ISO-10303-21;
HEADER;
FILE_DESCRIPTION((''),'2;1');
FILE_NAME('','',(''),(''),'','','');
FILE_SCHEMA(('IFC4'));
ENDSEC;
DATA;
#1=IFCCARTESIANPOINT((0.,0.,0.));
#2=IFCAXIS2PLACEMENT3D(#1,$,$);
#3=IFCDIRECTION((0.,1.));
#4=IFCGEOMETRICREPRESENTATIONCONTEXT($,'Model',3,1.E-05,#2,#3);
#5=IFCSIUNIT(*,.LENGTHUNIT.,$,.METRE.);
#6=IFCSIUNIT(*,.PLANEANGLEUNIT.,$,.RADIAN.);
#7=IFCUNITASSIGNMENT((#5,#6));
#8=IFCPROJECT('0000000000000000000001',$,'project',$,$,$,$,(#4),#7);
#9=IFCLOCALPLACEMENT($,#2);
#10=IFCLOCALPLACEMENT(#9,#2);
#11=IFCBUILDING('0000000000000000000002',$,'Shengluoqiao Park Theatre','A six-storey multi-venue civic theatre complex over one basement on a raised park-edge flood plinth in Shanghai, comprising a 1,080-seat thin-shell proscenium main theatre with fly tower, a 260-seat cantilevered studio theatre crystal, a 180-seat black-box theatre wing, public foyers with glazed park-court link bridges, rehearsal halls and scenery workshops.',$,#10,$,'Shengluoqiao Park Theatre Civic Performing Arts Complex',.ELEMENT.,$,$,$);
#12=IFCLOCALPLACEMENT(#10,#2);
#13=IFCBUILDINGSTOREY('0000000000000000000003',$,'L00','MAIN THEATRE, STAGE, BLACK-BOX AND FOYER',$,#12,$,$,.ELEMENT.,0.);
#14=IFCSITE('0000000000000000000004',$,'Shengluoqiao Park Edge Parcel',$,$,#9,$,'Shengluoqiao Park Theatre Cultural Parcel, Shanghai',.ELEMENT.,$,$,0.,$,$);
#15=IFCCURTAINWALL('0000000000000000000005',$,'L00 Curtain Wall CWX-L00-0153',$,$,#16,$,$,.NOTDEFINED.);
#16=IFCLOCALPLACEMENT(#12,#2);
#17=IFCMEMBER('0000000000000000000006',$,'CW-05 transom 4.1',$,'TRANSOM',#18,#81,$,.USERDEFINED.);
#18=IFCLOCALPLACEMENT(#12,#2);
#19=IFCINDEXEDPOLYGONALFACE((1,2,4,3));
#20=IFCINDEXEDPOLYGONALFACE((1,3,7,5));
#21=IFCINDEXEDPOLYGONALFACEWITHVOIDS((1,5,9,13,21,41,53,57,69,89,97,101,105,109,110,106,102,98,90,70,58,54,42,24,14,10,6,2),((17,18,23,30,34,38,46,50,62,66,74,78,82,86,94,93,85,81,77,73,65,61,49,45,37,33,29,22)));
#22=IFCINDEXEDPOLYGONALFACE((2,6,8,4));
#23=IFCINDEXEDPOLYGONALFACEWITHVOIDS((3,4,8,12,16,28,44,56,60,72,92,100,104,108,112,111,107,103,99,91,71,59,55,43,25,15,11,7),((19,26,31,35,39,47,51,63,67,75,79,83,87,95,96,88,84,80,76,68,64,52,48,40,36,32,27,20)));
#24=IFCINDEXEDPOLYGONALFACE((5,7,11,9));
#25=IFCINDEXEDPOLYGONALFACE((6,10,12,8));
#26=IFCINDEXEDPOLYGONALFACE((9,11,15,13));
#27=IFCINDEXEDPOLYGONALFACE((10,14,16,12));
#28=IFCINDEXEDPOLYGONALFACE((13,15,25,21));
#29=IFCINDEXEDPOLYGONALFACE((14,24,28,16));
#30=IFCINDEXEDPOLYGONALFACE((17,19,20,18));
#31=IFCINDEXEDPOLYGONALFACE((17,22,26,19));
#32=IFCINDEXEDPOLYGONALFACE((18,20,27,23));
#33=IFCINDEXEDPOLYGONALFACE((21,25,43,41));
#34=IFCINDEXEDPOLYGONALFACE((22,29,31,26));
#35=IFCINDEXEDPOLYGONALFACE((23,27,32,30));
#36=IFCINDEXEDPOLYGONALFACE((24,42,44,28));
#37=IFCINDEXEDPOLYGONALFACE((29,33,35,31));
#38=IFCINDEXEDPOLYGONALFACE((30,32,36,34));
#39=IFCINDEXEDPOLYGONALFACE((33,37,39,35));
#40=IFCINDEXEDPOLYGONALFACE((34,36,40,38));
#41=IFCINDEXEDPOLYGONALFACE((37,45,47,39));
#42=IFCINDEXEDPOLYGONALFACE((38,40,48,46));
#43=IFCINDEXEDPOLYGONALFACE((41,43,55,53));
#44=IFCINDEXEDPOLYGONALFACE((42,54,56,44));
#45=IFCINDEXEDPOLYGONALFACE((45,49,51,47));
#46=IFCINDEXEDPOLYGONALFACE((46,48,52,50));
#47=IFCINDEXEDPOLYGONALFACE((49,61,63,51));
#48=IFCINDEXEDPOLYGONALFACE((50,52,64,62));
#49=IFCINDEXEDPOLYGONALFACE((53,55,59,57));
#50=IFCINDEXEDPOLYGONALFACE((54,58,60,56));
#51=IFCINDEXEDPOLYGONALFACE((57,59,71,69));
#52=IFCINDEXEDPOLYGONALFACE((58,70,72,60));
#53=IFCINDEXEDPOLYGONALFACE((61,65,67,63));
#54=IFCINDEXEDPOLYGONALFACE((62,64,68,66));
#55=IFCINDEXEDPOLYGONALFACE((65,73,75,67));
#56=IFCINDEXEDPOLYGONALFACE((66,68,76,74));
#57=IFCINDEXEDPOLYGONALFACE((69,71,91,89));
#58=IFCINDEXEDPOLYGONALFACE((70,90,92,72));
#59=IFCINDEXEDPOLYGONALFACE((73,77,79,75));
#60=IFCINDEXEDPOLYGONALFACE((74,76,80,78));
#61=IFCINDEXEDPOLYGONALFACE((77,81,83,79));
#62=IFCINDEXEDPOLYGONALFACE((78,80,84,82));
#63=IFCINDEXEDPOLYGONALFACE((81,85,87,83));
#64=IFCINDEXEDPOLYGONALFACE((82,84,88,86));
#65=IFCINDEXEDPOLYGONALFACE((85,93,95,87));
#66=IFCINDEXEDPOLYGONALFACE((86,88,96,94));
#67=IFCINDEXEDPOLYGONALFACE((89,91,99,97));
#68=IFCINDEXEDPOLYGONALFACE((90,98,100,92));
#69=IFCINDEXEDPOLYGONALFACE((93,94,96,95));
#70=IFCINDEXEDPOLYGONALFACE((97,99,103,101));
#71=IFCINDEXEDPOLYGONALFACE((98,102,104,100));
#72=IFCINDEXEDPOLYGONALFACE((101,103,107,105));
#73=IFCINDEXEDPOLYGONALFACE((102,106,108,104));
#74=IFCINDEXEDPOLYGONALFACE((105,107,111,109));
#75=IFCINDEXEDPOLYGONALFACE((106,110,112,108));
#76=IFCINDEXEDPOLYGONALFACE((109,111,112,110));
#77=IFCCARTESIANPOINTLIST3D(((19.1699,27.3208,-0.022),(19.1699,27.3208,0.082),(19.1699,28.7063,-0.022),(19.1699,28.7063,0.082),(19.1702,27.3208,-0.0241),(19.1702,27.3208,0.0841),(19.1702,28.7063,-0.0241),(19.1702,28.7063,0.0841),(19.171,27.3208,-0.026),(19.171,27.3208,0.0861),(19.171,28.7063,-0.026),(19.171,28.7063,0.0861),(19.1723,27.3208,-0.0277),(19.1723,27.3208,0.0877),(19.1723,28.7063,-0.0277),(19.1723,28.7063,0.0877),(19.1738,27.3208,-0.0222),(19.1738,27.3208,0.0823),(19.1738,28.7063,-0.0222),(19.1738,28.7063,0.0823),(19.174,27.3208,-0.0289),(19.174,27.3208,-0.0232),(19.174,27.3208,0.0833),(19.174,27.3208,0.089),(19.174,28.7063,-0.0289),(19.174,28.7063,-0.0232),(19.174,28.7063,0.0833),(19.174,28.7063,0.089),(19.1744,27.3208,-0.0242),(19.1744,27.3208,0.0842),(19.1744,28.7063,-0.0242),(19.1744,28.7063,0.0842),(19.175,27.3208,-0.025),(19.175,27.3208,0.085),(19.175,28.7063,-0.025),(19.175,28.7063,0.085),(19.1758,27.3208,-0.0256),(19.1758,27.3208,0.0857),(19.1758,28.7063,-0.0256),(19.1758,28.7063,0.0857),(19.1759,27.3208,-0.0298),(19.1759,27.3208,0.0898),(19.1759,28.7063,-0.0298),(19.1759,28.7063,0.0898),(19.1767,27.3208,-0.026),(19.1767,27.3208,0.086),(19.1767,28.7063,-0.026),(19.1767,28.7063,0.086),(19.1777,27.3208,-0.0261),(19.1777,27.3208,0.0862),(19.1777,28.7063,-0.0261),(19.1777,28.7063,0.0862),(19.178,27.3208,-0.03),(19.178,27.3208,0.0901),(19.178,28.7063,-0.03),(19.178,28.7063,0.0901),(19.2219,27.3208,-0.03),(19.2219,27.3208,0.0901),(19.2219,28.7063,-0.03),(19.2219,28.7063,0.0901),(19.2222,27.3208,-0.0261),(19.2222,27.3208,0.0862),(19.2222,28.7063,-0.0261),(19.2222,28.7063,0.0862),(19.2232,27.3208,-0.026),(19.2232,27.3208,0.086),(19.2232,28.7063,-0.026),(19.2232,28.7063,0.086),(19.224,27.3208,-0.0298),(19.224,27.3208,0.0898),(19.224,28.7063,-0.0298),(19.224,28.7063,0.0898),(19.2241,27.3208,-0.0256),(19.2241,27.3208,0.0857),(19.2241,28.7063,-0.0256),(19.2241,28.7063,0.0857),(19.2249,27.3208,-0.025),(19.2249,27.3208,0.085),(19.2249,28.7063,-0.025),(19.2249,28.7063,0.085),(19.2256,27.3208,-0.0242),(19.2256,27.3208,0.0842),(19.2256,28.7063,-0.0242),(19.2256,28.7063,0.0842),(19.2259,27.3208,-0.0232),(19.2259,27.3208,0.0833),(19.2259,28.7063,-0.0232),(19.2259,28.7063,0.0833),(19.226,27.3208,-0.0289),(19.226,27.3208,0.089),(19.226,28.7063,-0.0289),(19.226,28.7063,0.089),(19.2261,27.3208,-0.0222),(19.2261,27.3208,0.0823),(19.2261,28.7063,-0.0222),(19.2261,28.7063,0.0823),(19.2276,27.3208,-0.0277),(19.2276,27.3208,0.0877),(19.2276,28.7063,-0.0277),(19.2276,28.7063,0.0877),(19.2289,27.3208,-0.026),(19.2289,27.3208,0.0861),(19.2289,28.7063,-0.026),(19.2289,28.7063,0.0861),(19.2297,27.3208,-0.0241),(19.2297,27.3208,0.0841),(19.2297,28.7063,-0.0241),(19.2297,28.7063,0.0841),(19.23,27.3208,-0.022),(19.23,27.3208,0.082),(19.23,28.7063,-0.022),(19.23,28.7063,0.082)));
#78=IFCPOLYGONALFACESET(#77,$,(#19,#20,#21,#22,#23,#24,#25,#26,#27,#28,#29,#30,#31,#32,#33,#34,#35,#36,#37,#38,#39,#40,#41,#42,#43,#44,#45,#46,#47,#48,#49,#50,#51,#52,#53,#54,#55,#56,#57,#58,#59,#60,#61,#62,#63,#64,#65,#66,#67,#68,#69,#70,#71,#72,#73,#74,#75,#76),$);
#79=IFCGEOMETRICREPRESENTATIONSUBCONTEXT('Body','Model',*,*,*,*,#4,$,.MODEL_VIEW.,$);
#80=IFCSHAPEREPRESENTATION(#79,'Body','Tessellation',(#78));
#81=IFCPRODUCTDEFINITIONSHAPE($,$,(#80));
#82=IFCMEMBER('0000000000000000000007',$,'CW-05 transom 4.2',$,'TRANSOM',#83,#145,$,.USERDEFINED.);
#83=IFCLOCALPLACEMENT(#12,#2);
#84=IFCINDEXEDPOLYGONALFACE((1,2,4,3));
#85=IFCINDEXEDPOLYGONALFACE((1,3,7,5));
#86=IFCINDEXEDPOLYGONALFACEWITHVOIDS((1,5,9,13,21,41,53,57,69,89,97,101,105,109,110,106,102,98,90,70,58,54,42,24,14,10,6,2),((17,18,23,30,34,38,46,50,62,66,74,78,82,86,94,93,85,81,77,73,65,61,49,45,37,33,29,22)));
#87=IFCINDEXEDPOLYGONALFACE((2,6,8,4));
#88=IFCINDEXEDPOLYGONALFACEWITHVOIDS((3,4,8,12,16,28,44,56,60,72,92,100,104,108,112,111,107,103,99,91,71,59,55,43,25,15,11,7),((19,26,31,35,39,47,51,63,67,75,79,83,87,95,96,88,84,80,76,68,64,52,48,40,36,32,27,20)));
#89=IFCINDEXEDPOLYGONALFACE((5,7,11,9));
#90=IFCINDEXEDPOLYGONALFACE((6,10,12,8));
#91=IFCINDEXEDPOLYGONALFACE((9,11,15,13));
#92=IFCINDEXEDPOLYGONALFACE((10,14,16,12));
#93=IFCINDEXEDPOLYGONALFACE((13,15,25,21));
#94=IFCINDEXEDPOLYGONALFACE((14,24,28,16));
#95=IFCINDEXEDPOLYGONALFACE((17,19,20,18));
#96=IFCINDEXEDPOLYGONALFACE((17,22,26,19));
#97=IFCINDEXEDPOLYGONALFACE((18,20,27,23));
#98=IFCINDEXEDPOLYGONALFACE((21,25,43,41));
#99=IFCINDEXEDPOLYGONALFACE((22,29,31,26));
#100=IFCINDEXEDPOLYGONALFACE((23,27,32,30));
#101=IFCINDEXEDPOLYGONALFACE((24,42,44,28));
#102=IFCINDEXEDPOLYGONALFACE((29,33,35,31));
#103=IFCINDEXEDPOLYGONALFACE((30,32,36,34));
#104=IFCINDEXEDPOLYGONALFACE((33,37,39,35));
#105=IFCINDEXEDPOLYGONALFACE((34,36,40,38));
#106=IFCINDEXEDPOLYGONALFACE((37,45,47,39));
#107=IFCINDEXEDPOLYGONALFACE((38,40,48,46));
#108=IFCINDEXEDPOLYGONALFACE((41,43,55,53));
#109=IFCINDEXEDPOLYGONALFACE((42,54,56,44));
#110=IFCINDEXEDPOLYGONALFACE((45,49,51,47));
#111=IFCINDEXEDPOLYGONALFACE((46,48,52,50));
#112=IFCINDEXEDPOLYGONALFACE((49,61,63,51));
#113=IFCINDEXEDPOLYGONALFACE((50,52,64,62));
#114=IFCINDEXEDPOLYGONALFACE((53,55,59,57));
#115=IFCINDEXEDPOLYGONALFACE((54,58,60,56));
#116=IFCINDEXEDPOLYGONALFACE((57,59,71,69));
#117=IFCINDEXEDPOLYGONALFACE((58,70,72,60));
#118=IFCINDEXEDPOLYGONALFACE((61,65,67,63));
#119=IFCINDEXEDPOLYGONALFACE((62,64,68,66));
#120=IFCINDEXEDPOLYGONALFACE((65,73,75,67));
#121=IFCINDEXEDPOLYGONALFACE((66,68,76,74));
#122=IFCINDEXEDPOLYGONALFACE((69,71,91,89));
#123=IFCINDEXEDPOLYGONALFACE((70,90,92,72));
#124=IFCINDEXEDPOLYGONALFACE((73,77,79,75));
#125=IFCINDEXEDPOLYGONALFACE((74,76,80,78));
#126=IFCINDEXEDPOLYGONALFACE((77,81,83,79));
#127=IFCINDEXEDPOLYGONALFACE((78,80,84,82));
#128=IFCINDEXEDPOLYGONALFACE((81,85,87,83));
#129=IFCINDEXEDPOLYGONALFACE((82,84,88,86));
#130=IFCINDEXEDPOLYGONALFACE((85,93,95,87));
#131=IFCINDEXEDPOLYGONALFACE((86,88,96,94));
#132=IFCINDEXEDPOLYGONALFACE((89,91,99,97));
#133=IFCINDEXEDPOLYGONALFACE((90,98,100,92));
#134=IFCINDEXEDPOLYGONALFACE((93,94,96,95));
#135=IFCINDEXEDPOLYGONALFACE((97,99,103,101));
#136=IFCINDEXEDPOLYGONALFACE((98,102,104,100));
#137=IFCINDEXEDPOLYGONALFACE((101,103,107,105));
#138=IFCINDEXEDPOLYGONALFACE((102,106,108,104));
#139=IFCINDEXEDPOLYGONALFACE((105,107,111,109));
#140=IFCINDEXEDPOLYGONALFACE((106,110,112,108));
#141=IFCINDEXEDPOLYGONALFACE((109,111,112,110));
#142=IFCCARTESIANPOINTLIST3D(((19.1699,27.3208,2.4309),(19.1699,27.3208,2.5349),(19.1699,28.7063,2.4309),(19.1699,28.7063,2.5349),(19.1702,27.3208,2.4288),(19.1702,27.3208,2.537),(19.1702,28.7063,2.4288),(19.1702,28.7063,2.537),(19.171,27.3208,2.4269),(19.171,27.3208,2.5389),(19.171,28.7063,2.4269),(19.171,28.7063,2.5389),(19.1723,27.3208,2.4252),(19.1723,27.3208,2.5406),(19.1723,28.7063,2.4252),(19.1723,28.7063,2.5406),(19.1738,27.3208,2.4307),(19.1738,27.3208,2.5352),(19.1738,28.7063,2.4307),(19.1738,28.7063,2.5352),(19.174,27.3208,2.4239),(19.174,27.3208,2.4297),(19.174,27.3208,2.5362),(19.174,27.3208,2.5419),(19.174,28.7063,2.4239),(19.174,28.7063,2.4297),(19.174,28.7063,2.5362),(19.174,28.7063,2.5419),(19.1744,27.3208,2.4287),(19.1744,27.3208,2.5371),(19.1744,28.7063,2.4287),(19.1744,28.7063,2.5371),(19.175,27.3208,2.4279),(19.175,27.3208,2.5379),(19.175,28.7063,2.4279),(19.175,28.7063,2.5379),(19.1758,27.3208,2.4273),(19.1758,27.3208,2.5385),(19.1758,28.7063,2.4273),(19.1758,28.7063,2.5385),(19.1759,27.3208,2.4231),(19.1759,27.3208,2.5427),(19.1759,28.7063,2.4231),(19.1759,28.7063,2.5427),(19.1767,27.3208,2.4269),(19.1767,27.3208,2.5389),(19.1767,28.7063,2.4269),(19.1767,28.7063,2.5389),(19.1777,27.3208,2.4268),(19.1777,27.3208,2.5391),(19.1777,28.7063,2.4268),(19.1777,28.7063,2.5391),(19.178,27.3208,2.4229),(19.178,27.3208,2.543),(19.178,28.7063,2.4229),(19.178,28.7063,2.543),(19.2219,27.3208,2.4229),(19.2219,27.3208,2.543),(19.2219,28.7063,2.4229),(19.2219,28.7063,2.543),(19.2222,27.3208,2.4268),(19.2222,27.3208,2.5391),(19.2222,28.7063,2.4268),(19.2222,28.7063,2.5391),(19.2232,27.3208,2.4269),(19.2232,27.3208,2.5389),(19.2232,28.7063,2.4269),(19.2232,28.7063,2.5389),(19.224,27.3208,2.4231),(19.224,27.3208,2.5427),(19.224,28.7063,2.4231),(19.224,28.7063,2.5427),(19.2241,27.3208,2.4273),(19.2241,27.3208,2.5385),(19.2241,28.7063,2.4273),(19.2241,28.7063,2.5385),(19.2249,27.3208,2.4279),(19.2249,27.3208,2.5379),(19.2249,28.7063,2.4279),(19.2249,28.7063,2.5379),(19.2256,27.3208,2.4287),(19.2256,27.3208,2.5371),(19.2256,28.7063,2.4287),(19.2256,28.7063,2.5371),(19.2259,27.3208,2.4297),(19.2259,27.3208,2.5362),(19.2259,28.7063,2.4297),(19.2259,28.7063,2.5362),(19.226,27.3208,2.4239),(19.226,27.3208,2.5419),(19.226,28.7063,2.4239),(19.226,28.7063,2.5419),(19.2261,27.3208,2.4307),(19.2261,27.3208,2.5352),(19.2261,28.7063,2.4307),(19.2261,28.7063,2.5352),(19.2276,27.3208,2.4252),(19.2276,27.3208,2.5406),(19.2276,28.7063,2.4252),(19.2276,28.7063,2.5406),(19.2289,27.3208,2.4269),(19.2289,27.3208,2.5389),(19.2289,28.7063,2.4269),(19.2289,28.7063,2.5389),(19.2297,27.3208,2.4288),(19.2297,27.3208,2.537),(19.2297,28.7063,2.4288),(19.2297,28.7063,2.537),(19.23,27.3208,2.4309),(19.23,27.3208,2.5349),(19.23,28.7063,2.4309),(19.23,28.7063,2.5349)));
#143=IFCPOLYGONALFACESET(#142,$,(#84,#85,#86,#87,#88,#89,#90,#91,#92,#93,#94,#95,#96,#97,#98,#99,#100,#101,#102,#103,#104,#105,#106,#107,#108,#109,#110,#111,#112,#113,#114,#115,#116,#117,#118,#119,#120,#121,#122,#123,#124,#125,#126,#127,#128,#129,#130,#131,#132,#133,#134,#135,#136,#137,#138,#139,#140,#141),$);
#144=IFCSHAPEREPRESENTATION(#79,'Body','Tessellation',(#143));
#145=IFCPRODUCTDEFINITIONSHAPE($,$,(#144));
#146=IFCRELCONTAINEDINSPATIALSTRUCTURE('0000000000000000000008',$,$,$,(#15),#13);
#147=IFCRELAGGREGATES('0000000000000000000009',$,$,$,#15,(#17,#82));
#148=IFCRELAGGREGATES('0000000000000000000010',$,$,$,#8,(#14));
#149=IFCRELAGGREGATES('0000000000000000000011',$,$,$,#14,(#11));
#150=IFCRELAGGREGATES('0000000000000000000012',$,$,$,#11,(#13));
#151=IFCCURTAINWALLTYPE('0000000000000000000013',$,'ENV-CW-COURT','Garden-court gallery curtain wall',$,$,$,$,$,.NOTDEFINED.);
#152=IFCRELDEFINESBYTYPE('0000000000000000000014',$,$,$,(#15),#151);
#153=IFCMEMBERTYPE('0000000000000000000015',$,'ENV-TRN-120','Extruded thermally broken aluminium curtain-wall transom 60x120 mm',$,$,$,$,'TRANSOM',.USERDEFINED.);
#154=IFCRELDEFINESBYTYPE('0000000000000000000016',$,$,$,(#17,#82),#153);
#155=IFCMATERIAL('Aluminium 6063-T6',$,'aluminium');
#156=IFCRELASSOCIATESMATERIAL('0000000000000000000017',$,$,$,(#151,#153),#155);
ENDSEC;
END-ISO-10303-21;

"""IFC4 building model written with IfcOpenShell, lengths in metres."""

from ifc_helpers import new_model, si_unit, direction, frame, origin, origin_2d, place, context, subcontext, project, spatial, hollow_rectangle, extrude, material, material_profile, profile_set, type_object, element, aggregate, save


model = new_model("IFC4")

# Units and contexts
model_context = context("Model", 3, precision=1e-05, world=origin(), true_north=direction((0.0, 1.0)))
body_context = subcontext(model_context, "Body", "Model", "MODEL_VIEW")
ifc_project = project(units=[si_unit("LENGTHUNIT", "METRE"), si_unit("PLANEANGLEUNIT", "RADIAN")], contexts=[model_context])

# Site, building, storey
site_placement = place(None, origin())
site = spatial("IfcSite", under=ifc_project, at=site_placement, Name="Shengluoqiao Park Edge Parcel", LongName="Shengluoqiao Park Theatre Cultural Parcel, Shanghai", CompositionType="ELEMENT", RefElevation=0.0)
building_placement = place(site_placement, origin())
building = spatial("IfcBuilding", under=site, at=building_placement, Name="Shengluoqiao Park Theatre", Description="A six-storey multi-venue civic theatre complex over one basement on a raised park-edge flood plinth in Shanghai, comprising a 1,080-seat thin-shell proscenium main theatre with fly tower, a 260-seat cantilevered studio theatre crystal, a 180-seat black-box theatre wing, public foyers with glazed park-court link bridges, rehearsal halls and scenery workshops.", LongName="Shengluoqiao Park Theatre Civic Performing Arts Complex", CompositionType="ELEMENT")
storey_placement = place(building_placement, origin())
storey = spatial("IfcBuildingStorey", under=building, at=storey_placement, Name="L00", Description="MAIN THEATRE, STAGE, BLACK-BOX AND FOYER", CompositionType="ELEMENT", Elevation=0.0)

# Shared definitions
ifc_material_1 = material(Name="Aluminium 6063-T6", Category="aluminium")

# Curtain wall, members
curtain_wall_type_1 = type_object("IfcCurtainWallType", Name="ENV-CW-COURT", Description="Garden-court gallery curtain wall", PredefinedType="NOTDEFINED", material=ifc_material_1)
curtain_wall_1_placement = place(storey_placement, origin())
curtain_wall_1 = element("IfcCurtainWall", 1, at=curtain_wall_1_placement, inside=storey, type_object=curtain_wall_type_1, Name="L00 Curtain Wall CWX-L00-0153", PredefinedType="NOTDEFINED")
ifc_material_profile_1 = material_profile(ifc_material_1, hollow_rectangle(XDim=0.0601, YDim=0.1201, WallThickness=0.0039, InnerFilletRadius=0.0039, OuterFilletRadius=0.0081, at=origin_2d()), Name="ALU TRANSOM 120x60x4")
ifc_profile_set_1 = profile_set([ifc_material_profile_1], Name="Aluminium 6063-T6")
member_type_1 = type_object("IfcMemberType", Name="ENV-TRN-120", Description="Extruded thermally broken aluminium curtain-wall transom 60x120 mm", ElementType="TRANSOM", PredefinedType="USERDEFINED", material=ifc_profile_set_1)
member_1_placement = place(storey_placement, frame((19.2, 27.3208, 0.03), z_axis=(0.0, 1.0, 0.0), x_axis=(-1.0, 0.0, 0.0)))
member_1 = element("IfcMember", 2, at=member_1_placement, type_object=member_type_1, Name="CW-05 transom 4.1", ObjectType="TRANSOM", PredefinedType="USERDEFINED", context=body_context, shape_type="SweptSolid", body=[
    extrude(hollow_rectangle(XDim=0.0601, YDim=0.1201, WallThickness=0.0039, InnerFilletRadius=0.0039, OuterFilletRadius=0.0081, at=origin_2d()), origin(), (0.0, 0.0, 1.0), 1.3855),
])
member_2_placement = place(storey_placement, frame((19.2, 27.3208, 2.4829), z_axis=(0.0, 1.0, 0.0), x_axis=(-1.0, 0.0, 0.0)))
member_2 = element("IfcMember", 3, at=member_2_placement, type_object=member_type_1, Name="CW-05 transom 4.2", ObjectType="TRANSOM", PredefinedType="USERDEFINED", context=body_context, shape_type="SweptSolid", body=[
    extrude(hollow_rectangle(XDim=0.0601, YDim=0.1201, WallThickness=0.0039, InnerFilletRadius=0.0039, OuterFilletRadius=0.0081, at=origin_2d()), origin(), (0.0, 0.0, 1.0), 1.3855),
])
aggregate(curtain_wall_1, [member_1, member_2])

save(model, "model.ifc")
